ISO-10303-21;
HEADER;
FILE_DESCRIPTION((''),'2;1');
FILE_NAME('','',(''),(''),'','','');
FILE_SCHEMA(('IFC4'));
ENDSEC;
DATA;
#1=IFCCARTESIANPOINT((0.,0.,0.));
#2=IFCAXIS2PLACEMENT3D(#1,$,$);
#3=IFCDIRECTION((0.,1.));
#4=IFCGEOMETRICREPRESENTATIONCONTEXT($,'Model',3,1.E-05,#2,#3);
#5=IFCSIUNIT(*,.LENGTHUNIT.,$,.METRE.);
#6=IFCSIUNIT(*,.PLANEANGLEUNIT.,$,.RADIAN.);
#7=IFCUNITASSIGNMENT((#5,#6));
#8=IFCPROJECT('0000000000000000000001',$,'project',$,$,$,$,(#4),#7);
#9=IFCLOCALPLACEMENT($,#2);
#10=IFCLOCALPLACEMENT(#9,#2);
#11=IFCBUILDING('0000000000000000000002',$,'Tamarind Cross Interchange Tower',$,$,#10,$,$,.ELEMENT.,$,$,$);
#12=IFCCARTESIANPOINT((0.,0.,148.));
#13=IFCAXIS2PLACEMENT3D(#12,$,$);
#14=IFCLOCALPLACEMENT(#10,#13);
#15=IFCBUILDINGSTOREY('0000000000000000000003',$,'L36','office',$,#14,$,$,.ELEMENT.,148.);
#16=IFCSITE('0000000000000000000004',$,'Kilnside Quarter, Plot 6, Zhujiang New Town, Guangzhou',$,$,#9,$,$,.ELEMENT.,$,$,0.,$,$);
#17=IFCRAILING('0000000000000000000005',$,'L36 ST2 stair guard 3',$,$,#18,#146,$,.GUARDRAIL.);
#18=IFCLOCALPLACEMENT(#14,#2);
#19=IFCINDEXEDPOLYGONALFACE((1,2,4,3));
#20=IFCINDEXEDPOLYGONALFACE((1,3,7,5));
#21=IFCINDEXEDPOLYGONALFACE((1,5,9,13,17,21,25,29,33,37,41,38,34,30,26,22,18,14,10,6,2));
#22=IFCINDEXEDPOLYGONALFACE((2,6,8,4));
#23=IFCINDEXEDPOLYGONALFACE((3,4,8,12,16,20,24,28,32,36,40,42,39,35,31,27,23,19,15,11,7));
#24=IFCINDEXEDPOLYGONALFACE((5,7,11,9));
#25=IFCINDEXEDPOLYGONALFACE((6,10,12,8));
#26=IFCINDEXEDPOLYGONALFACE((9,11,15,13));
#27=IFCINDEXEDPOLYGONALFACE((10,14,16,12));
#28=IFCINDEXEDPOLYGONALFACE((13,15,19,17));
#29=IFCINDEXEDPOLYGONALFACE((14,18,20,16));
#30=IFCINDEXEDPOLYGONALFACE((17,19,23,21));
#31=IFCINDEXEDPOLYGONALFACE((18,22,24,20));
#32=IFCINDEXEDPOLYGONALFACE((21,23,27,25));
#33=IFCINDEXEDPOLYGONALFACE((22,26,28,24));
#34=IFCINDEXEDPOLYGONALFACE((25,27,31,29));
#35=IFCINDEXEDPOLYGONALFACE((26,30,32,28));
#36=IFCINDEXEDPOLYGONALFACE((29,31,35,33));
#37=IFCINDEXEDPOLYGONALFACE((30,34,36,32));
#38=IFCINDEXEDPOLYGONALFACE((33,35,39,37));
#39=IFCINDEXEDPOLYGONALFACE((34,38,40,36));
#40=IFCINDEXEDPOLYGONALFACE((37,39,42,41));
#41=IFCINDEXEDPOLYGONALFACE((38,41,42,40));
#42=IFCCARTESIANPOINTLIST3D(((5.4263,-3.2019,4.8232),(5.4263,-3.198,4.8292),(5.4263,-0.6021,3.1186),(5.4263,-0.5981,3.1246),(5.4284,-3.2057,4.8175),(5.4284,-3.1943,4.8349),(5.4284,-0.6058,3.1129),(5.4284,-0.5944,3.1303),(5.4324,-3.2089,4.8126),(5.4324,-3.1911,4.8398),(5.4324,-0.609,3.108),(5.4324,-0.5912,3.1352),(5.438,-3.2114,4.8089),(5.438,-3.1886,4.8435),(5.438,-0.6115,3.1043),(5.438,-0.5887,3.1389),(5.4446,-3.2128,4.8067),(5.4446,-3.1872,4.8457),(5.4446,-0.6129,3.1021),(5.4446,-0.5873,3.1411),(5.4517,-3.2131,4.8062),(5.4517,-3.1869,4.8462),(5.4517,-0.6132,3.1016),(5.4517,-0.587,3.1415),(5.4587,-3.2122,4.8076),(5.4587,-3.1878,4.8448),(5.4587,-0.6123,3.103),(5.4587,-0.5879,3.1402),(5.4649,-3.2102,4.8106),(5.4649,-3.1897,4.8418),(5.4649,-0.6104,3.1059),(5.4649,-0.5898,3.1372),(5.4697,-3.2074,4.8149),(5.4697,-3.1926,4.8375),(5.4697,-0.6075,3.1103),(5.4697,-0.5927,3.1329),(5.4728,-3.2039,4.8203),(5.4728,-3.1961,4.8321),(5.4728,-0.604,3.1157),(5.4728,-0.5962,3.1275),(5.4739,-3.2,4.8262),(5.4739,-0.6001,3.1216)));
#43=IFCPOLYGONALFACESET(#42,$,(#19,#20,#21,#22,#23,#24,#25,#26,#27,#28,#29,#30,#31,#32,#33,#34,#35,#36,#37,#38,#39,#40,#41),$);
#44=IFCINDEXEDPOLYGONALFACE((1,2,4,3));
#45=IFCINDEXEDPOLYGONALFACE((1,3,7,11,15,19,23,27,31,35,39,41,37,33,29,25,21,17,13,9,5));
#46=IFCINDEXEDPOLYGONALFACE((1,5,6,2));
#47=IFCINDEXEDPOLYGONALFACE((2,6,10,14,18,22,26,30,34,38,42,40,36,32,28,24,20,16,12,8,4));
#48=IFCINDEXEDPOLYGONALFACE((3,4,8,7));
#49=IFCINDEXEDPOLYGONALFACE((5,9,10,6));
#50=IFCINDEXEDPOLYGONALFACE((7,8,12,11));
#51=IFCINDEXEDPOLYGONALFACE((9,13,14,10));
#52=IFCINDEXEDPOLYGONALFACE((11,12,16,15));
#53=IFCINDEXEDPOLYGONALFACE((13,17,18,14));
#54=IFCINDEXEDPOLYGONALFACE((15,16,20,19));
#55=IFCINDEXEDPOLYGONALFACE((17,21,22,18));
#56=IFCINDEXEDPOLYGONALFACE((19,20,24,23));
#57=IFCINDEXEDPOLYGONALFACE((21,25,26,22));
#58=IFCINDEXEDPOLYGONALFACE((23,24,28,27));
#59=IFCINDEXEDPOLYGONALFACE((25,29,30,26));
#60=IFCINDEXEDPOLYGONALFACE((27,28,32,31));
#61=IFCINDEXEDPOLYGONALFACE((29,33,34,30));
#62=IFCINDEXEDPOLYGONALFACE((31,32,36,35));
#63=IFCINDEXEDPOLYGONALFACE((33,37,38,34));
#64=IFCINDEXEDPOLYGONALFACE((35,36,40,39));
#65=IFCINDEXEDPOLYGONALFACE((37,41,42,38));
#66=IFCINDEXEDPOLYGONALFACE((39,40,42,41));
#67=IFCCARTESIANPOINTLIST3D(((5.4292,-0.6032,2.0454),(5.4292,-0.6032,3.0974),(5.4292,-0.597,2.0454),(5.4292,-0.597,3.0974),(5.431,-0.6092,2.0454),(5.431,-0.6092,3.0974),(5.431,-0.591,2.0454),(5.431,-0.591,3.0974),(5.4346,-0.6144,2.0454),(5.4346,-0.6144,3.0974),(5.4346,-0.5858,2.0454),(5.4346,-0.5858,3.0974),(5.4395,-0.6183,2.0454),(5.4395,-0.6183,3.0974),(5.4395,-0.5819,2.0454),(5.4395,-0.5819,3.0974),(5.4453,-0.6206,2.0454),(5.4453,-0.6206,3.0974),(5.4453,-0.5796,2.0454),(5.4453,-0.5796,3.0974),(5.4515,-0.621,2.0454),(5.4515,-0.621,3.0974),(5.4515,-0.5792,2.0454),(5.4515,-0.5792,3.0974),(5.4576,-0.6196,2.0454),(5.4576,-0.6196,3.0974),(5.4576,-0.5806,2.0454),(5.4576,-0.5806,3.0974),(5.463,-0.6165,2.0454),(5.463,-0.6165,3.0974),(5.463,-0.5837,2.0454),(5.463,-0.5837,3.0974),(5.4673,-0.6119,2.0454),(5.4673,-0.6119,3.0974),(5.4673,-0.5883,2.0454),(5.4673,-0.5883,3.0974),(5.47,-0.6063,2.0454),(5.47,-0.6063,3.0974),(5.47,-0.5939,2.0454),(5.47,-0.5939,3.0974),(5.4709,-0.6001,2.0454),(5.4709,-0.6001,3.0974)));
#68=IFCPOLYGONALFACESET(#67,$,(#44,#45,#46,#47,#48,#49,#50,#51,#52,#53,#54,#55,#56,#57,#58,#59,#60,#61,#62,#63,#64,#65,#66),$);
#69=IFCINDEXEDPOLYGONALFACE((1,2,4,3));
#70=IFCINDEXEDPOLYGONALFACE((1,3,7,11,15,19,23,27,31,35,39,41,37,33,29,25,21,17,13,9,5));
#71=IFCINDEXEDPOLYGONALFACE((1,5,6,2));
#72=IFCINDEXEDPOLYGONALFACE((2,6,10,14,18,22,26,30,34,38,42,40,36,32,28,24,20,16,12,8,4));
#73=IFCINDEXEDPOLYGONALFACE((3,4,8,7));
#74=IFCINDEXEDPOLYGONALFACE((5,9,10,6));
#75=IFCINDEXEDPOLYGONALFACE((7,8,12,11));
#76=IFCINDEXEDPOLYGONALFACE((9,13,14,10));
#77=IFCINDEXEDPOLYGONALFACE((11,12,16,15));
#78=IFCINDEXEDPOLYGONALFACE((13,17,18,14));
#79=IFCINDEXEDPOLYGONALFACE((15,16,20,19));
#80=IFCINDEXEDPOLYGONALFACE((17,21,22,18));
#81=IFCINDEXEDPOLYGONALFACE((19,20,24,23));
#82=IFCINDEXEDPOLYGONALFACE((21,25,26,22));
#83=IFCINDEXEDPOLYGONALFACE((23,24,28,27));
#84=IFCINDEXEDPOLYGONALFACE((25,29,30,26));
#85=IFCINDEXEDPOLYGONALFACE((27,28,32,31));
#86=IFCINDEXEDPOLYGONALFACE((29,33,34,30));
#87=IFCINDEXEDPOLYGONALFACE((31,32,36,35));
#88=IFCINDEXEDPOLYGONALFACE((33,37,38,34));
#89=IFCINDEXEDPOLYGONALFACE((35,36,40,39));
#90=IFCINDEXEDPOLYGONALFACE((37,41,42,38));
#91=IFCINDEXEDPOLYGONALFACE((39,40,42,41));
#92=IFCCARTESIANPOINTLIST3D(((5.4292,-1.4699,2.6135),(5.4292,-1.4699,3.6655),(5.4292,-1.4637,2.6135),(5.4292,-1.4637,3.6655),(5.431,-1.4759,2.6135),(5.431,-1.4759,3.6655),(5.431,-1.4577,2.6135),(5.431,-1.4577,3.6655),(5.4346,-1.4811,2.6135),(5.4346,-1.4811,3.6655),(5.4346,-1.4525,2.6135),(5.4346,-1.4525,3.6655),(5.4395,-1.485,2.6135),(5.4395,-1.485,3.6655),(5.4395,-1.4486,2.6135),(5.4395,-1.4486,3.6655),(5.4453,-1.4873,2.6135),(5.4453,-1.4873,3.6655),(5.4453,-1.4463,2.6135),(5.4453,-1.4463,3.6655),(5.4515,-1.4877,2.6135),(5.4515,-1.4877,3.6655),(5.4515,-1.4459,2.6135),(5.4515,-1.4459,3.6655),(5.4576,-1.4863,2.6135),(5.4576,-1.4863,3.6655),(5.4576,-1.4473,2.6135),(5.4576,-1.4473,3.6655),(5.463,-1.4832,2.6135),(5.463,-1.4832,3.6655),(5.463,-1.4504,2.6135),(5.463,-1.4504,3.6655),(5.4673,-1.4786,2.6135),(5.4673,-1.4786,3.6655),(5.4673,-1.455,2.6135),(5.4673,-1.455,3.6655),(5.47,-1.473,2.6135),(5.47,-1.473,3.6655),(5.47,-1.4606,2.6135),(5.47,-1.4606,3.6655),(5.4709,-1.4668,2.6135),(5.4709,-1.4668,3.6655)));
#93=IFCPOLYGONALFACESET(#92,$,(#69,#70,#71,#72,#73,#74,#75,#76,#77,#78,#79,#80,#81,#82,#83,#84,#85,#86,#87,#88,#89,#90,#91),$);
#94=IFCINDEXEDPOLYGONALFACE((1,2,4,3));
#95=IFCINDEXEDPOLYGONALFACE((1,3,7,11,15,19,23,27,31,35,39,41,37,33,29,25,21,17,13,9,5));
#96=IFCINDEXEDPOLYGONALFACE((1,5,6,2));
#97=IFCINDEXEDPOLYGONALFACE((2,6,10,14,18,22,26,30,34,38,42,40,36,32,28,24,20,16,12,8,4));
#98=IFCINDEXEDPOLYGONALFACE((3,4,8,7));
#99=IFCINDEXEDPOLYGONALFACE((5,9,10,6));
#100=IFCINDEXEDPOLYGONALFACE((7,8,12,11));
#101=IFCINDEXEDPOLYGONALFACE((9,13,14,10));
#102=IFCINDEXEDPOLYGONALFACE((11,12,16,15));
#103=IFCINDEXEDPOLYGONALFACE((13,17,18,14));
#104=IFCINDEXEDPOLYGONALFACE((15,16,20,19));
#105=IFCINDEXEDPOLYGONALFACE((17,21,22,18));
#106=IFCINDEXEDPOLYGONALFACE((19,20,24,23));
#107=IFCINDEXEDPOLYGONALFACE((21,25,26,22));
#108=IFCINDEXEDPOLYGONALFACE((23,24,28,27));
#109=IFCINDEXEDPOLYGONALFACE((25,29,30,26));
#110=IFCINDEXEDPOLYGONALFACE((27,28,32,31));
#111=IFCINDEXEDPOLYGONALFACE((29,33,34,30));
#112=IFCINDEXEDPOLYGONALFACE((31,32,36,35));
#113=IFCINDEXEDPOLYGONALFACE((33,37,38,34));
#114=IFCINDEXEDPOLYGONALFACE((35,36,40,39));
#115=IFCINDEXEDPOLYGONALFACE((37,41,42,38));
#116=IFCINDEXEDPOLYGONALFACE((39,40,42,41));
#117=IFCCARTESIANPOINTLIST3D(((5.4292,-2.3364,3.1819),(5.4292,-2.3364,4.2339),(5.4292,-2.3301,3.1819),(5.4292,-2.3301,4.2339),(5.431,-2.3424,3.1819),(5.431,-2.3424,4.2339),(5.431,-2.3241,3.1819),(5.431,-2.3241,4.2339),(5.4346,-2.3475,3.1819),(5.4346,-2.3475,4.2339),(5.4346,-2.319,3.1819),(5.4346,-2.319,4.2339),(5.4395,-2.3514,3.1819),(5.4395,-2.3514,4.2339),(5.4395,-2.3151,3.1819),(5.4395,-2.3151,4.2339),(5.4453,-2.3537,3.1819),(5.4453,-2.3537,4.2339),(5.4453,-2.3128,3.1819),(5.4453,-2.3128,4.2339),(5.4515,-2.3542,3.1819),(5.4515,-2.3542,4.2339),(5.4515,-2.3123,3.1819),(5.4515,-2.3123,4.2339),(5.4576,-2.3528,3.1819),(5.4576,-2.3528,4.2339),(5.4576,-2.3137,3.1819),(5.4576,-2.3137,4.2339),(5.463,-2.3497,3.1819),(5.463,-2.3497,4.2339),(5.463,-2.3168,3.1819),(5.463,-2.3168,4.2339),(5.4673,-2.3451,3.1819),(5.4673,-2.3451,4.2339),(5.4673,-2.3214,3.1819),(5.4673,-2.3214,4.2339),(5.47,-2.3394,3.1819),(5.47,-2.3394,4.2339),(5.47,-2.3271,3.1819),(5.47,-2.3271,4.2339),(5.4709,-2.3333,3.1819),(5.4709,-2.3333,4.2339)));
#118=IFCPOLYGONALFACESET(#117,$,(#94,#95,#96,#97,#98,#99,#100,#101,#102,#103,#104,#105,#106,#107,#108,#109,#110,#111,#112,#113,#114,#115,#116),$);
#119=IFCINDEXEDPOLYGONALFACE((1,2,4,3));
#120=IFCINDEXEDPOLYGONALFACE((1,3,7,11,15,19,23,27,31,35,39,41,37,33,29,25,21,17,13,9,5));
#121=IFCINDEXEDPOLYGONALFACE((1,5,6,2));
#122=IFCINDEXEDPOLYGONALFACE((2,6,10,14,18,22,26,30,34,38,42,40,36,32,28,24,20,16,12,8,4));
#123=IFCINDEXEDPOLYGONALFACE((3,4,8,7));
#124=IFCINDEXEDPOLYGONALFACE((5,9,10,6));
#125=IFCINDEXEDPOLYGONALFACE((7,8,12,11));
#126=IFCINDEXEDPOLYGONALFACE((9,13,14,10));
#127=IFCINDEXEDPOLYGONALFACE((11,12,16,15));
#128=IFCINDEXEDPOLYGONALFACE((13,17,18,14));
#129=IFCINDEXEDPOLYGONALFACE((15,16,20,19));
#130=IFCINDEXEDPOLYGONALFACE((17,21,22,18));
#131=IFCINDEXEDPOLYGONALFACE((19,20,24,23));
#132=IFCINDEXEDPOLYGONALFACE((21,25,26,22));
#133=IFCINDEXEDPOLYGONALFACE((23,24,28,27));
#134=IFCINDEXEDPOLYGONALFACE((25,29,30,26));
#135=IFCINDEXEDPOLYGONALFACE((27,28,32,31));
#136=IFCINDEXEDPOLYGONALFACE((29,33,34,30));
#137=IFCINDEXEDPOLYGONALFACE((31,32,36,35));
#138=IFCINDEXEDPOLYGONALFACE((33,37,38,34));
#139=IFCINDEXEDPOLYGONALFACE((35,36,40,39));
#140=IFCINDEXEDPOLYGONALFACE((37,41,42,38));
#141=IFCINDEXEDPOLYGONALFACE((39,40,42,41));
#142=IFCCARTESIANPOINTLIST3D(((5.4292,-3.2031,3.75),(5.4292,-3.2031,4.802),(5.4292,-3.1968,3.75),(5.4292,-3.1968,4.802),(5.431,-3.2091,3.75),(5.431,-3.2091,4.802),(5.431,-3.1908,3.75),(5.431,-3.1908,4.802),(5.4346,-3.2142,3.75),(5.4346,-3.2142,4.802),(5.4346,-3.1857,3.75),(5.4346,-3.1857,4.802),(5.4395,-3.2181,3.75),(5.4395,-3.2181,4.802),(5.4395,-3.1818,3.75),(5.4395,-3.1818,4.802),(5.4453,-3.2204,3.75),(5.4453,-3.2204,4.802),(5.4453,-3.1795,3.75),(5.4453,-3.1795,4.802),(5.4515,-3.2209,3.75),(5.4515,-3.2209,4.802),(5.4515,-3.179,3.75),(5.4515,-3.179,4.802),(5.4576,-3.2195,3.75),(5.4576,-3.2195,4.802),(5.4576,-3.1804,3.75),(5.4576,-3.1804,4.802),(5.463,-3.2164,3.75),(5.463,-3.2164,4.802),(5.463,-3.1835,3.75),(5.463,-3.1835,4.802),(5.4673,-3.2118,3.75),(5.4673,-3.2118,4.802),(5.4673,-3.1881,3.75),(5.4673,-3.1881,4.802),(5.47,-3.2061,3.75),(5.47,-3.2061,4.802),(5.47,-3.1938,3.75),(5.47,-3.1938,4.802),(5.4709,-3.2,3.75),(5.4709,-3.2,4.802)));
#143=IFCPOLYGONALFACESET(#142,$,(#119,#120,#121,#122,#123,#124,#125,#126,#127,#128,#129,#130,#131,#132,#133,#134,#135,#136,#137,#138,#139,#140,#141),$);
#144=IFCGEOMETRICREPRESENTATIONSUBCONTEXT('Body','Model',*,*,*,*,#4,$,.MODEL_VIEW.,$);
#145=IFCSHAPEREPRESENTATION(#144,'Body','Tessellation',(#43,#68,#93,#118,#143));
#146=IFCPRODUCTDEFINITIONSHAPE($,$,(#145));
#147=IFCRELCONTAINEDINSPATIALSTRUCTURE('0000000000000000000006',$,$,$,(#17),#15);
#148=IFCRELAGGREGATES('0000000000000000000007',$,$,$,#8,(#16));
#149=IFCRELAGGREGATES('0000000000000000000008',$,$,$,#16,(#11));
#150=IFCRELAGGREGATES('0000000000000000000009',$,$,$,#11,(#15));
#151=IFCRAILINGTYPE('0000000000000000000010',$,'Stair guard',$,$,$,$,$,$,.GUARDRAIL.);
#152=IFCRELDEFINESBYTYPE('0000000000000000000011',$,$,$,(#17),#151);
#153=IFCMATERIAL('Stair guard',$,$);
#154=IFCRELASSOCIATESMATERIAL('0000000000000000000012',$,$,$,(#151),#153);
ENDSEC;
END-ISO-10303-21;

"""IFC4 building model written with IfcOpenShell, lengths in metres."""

from ifc_helpers import new_model, si_unit, direction, frame, origin, origin_2d, place, context, subcontext, project, spatial, circle, extrude, material, type_object, element, save


model = new_model("IFC4")

# Units and contexts
model_context = context("Model", 3, precision=1e-05, world=origin(), true_north=direction((0.0, 1.0)))
body_context = subcontext(model_context, "Body", "Model", "MODEL_VIEW")
ifc_project = project(units=[si_unit("LENGTHUNIT", "METRE"), si_unit("PLANEANGLEUNIT", "RADIAN")], contexts=[model_context])

# Site, building, storey
site_placement = place(None, origin())
site = spatial("IfcSite", under=ifc_project, at=site_placement, Name="Kilnside Quarter, Plot 6, Zhujiang New Town, Guangzhou", CompositionType="ELEMENT", RefElevation=0.0)
building_placement = place(site_placement, origin())
building = spatial("IfcBuilding", under=site, at=building_placement, Name="Tamarind Cross Interchange Tower", CompositionType="ELEMENT")
storey_placement = place(building_placement, frame((0.0, 0.0, 148.0)))
storey = spatial("IfcBuildingStorey", under=building, at=storey_placement, Name="L36", Description="office", CompositionType="ELEMENT", Elevation=148.0)

# Railing
ifc_material_1 = material(Name="Stair guard")
railing_type_1 = type_object("IfcRailingType", Name="Stair guard", PredefinedType="GUARDRAIL", material=ifc_material_1)
railing_1_placement = place(storey_placement, frame((5.45, -0.6001, 2.0454)))
element("IfcRailing", 1, at=railing_1_placement, inside=storey, type_object=railing_type_1, Name="L36 ST2 stair guard 3", PredefinedType="GUARDRAIL", context=body_context, shape_type="SweptSolid", body=[
    extrude(circle(Radius=0.0239, at=origin_2d()), frame((0.0, 0.0, 1.0762), z_axis=(0.0, -0.836279, 0.548305), x_axis=(1.0, 0.0, 0.0)), (0.0, 0.0, 1.0), 3.1089),
    extrude(circle(Radius=0.021, at=origin_2d()), origin(), (0.0, 0.0, 1.0), 1.052),
    extrude(circle(Radius=0.021, at=origin_2d()), frame((0.0, -0.8667, 0.5681)), (0.0, 0.0, 1.0), 1.052),
    extrude(circle(Radius=0.021, at=origin_2d()), frame((0.0, -1.7332, 1.1365)), (0.0, 0.0, 1.0), 1.052),
    extrude(circle(Radius=0.021, at=origin_2d()), frame((0.0, -2.5999, 1.7046)), (0.0, 0.0, 1.0), 1.052),
])

save(model, "model.ifc")
